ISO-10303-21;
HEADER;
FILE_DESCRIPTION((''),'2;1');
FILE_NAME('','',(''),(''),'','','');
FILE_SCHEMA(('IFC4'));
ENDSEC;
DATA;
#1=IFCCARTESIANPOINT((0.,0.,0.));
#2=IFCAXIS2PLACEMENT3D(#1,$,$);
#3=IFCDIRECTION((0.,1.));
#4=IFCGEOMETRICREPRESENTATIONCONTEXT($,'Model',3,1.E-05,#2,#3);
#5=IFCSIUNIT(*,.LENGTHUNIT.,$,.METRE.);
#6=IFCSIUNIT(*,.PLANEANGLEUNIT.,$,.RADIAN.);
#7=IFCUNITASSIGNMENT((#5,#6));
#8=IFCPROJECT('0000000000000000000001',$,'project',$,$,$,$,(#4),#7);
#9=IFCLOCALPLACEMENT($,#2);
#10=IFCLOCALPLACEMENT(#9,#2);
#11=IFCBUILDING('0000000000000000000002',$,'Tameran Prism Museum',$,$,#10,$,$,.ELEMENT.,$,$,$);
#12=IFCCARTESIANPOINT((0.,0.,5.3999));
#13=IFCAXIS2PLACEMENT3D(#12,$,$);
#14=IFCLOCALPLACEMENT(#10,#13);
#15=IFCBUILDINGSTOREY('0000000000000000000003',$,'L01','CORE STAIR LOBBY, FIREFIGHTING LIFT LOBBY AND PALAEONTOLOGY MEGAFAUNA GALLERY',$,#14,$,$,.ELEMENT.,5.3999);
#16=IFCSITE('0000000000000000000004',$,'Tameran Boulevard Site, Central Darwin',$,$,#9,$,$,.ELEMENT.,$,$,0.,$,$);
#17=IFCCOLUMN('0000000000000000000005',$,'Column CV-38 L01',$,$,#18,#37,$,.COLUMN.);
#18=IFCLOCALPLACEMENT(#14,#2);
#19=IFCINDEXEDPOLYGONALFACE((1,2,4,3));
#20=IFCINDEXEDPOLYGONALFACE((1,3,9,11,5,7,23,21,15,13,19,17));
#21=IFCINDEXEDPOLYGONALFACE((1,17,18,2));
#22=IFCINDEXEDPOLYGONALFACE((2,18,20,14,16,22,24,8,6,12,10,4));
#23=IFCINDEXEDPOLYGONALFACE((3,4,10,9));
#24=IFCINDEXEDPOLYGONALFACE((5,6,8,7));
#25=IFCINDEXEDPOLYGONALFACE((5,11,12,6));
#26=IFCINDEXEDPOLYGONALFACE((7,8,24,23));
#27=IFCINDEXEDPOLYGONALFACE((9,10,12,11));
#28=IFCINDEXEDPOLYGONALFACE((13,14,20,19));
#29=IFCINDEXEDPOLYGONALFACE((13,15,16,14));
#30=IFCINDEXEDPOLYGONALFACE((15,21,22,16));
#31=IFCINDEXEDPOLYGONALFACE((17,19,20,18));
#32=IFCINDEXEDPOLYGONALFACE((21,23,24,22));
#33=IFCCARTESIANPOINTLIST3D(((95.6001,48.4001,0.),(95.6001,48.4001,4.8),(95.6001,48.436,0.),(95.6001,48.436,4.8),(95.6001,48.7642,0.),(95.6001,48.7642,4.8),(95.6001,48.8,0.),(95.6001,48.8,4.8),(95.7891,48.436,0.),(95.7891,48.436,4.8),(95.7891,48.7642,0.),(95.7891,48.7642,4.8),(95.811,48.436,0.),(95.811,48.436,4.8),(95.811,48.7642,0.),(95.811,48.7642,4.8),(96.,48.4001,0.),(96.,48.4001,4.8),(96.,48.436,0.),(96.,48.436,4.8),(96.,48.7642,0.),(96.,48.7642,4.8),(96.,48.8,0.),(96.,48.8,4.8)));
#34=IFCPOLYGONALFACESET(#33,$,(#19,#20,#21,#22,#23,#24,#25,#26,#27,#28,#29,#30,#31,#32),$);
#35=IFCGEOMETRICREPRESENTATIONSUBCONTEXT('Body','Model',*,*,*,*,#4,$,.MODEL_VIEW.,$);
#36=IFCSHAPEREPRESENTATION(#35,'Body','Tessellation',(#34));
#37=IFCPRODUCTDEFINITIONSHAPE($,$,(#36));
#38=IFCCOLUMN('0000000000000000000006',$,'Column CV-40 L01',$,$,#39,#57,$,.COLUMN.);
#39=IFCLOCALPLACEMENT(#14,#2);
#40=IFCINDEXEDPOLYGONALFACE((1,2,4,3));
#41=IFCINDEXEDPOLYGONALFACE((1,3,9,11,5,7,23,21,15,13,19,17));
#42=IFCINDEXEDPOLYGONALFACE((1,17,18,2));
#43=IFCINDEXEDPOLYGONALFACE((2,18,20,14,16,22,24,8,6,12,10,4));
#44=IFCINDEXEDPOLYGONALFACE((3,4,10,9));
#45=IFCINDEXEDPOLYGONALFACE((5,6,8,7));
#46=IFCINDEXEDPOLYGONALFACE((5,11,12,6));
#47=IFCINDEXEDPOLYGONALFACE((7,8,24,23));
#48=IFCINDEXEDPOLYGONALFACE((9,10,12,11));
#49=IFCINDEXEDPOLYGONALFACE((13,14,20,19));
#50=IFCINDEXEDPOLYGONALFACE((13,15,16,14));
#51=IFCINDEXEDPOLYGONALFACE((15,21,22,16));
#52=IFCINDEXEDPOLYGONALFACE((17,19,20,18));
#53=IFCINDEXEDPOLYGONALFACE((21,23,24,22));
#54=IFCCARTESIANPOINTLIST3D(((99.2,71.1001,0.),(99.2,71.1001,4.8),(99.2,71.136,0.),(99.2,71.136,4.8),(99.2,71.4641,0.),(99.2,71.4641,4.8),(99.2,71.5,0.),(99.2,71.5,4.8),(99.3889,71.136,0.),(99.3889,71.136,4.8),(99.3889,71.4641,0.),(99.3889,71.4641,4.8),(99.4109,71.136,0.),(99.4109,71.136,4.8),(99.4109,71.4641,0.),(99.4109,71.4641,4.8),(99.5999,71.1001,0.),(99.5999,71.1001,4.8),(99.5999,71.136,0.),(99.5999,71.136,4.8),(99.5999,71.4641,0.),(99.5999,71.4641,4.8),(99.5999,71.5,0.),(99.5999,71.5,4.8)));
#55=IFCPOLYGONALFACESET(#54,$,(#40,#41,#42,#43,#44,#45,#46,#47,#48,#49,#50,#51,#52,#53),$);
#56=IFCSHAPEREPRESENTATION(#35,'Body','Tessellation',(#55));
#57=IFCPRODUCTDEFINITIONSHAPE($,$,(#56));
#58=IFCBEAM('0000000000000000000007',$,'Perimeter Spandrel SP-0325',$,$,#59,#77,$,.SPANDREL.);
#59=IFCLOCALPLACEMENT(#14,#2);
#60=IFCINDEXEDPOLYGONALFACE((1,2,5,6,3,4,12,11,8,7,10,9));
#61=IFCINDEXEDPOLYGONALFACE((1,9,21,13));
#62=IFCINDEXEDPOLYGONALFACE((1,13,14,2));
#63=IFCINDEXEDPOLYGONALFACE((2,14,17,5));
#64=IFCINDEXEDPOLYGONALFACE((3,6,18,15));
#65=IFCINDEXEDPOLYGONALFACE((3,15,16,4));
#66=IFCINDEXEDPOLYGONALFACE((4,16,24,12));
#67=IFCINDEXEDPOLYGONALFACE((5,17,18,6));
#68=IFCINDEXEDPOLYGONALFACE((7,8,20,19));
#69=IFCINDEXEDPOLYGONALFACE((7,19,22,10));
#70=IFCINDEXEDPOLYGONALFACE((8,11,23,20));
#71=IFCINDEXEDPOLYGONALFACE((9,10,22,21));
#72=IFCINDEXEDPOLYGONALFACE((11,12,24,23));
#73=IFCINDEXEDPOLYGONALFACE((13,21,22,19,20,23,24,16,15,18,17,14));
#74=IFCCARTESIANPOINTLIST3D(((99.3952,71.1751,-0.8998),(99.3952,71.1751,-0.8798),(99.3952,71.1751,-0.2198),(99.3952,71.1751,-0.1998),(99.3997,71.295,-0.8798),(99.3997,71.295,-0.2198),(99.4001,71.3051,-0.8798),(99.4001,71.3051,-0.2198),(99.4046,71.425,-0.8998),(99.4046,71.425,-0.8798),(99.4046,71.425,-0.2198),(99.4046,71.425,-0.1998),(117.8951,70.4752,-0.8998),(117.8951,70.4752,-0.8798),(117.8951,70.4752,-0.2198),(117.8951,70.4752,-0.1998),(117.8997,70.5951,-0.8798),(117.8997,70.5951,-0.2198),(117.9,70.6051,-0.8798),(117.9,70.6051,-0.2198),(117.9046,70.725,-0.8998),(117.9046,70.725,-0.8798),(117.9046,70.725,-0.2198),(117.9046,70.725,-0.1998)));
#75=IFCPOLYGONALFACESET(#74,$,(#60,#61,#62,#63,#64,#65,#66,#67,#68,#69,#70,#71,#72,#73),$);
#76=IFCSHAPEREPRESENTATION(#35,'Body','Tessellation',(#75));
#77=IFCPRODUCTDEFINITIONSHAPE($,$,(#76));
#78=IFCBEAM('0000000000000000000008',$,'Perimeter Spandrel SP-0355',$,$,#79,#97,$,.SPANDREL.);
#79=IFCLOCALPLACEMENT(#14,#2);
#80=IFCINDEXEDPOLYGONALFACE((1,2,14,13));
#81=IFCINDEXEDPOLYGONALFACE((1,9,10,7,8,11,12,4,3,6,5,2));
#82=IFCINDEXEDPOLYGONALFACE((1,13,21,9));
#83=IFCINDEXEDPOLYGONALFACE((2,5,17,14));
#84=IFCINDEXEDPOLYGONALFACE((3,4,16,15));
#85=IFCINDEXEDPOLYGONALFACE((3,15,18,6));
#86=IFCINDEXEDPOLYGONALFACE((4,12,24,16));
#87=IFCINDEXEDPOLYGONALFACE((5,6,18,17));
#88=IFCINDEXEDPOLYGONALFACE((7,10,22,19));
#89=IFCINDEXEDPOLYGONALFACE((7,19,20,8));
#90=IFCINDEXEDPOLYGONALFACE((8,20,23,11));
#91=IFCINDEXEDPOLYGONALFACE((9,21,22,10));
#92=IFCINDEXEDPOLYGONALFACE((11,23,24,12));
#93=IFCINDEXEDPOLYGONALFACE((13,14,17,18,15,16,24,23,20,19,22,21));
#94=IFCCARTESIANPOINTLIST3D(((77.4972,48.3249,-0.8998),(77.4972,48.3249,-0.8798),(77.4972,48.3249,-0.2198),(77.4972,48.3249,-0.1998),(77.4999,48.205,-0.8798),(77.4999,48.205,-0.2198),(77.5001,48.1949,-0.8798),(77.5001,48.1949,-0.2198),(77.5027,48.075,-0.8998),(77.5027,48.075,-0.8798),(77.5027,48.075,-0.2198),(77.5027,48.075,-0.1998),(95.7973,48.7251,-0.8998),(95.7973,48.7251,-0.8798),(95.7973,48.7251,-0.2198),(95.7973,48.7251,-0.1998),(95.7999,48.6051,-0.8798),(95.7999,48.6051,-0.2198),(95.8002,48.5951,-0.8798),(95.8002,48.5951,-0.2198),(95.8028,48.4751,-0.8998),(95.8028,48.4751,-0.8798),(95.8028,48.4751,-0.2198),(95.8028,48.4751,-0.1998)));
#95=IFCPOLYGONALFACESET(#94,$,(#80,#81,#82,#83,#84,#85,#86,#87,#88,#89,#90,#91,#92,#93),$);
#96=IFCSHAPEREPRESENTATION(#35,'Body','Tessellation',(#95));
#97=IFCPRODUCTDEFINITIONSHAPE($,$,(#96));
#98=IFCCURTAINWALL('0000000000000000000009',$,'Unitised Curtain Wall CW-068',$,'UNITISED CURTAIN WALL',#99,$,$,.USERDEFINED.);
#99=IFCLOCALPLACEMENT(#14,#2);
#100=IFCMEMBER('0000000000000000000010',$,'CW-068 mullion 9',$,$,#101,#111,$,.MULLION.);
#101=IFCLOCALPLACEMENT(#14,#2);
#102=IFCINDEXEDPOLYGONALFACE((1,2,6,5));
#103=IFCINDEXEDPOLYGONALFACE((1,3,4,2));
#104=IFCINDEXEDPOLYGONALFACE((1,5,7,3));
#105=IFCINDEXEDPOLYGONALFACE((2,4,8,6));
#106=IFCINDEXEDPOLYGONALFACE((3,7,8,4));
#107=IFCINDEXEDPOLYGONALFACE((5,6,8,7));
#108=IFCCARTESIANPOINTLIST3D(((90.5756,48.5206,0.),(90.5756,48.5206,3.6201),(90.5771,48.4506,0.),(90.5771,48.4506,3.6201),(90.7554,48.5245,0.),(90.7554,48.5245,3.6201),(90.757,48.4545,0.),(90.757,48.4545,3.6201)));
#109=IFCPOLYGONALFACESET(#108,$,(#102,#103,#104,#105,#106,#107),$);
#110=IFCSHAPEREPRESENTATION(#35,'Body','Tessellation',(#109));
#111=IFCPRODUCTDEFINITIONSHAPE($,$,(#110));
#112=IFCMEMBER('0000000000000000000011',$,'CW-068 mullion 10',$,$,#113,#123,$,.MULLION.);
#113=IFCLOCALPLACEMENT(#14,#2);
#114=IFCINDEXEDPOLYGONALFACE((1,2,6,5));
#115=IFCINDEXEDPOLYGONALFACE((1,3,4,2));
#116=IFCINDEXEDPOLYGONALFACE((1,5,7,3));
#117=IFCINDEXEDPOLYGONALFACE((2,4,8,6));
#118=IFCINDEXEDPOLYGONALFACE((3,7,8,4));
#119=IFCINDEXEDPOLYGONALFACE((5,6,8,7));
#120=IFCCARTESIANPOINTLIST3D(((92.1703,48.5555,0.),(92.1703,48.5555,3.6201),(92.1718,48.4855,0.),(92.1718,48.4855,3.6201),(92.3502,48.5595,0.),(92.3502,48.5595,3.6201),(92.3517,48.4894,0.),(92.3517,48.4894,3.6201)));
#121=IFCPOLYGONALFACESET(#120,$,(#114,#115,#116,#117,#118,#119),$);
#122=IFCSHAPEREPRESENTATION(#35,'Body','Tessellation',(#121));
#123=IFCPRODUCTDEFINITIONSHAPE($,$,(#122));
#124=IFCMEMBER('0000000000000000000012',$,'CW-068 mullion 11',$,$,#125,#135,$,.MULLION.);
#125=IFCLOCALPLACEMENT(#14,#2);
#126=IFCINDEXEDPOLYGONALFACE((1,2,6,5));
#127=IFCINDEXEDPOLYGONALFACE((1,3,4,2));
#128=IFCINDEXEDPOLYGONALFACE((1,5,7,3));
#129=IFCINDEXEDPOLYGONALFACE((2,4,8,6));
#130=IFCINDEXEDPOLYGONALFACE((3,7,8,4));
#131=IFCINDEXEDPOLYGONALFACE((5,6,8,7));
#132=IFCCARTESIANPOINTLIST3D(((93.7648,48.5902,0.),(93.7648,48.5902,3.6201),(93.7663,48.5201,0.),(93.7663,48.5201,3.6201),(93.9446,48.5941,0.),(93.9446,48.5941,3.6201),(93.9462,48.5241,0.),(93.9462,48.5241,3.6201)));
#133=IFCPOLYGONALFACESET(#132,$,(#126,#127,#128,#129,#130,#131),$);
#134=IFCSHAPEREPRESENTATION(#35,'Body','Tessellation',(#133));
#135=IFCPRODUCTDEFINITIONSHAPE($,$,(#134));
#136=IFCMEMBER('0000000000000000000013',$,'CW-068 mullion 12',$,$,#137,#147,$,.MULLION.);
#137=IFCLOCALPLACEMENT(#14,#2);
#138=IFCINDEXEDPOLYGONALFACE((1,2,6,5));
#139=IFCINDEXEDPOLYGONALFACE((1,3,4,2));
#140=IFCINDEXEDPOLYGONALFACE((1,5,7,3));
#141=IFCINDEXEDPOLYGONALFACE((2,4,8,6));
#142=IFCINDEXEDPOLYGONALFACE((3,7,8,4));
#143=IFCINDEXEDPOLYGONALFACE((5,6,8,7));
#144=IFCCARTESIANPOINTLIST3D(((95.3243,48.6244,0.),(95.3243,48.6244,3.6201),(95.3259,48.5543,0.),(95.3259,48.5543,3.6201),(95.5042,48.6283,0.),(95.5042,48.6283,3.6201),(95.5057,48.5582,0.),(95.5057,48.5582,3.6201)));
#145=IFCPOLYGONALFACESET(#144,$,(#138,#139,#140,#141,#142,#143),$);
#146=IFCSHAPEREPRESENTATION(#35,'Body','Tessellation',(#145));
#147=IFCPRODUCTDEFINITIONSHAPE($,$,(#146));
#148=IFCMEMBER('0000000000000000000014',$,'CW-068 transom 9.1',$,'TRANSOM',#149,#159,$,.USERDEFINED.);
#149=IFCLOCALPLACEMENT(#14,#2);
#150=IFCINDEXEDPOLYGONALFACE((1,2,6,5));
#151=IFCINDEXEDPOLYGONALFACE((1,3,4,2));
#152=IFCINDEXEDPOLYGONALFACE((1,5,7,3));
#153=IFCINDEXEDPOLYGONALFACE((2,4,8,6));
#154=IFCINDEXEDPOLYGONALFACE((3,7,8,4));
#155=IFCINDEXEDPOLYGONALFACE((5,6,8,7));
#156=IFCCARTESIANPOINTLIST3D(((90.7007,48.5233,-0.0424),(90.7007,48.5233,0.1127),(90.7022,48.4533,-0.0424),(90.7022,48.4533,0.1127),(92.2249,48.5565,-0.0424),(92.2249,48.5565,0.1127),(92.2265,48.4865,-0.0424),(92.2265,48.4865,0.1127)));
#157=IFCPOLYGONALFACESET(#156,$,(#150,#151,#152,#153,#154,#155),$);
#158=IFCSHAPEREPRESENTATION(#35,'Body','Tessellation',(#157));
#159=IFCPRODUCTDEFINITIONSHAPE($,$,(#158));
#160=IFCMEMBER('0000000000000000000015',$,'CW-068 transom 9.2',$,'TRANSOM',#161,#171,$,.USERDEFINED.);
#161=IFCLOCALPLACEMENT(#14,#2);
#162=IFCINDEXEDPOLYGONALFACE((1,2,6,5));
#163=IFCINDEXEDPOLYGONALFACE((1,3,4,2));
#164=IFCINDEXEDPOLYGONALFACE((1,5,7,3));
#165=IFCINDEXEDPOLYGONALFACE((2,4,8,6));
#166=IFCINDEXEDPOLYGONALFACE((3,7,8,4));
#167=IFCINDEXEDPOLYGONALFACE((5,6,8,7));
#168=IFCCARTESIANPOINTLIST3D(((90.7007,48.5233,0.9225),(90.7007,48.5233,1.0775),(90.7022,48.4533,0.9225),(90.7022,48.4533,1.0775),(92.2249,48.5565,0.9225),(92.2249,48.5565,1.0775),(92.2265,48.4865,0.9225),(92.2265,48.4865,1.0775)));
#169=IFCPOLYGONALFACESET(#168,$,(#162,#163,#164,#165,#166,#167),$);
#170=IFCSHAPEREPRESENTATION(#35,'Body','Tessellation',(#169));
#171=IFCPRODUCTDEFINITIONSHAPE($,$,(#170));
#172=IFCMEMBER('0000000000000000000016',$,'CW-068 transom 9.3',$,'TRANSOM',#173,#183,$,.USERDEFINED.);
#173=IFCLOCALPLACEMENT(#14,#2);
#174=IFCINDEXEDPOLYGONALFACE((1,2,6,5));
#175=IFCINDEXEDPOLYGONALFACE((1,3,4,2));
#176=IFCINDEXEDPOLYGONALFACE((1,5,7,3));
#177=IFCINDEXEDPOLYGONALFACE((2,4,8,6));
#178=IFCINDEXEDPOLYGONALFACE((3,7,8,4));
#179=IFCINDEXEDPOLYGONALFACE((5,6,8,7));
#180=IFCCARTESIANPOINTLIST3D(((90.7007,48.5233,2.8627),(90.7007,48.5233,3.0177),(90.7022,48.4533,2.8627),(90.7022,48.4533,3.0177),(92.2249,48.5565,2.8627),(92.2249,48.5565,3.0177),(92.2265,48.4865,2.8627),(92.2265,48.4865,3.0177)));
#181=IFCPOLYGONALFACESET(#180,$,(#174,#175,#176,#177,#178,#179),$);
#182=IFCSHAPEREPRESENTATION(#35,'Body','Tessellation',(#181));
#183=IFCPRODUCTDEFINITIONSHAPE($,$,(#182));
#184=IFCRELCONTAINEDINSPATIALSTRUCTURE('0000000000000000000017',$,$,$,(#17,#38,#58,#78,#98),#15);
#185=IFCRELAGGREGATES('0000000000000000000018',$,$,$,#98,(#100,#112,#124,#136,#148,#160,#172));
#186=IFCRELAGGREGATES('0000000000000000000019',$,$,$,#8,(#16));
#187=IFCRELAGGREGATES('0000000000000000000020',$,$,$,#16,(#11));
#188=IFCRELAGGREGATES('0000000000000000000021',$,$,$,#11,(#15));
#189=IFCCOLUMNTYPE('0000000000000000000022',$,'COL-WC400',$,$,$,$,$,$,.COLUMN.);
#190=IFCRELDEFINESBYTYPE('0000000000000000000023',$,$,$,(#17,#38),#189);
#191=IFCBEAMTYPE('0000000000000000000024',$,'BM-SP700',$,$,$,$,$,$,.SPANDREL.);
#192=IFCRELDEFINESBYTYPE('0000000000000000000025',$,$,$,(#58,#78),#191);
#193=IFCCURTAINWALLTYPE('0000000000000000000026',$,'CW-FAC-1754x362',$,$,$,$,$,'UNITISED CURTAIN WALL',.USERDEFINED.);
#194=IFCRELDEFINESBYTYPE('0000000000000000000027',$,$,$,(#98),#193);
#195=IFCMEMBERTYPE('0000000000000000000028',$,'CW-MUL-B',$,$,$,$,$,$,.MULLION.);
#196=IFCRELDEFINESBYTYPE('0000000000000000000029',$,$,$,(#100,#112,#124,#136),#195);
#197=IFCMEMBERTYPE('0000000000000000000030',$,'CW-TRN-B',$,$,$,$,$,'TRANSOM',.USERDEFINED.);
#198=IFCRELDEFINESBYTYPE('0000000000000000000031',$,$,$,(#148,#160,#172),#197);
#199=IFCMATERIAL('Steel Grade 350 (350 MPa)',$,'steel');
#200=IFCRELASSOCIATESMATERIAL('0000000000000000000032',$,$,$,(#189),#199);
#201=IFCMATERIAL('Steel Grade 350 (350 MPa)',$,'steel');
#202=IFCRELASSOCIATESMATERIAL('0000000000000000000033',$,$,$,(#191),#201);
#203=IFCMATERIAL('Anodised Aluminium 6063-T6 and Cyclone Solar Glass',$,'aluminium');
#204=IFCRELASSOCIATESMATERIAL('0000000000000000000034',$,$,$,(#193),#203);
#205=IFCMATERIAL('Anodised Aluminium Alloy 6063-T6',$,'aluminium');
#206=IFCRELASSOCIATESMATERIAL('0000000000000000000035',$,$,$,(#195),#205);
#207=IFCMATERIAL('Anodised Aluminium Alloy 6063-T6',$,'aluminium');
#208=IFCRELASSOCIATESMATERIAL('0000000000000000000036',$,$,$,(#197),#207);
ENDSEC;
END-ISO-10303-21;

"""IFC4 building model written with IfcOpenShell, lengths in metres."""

from ifc_helpers import new_model, si_unit, direction, frame, origin, origin_2d, place, context, subcontext, project, spatial, rectangle, i_section, extrude, material, material_profile, profile_set, type_object, element, aggregate, save


model = new_model("IFC4")

# Units and contexts
model_context = context("Model", 3, precision=1e-05, world=origin(), true_north=direction((0.0, 1.0)))
body_context = subcontext(model_context, "Body", "Model", "MODEL_VIEW")
ifc_project = project(units=[si_unit("LENGTHUNIT", "METRE"), si_unit("PLANEANGLEUNIT", "RADIAN")], contexts=[model_context])

# Site, building, storey
site_placement = place(None, origin())
site = spatial("IfcSite", under=ifc_project, at=site_placement, Name="Tameran Boulevard Site, Central Darwin", CompositionType="ELEMENT", RefElevation=0.0)
building_placement = place(site_placement, origin())
building = spatial("IfcBuilding", under=site, at=building_placement, Name="Tameran Prism Museum", CompositionType="ELEMENT")
storey_placement = place(building_placement, frame((0.0, 0.0, 5.3999)))
storey = spatial("IfcBuildingStorey", under=building, at=storey_placement, Name="L01", Description="CORE STAIR LOBBY, FIREFIGHTING LIFT LOBBY AND PALAEONTOLOGY MEGAFAUNA GALLERY", CompositionType="ELEMENT", Elevation=5.3999)

# Columns
ifc_material_1 = material(Name="Steel Grade 350 (350 MPa)", Category="steel")
ifc_material_profile_1 = material_profile(ifc_material_1, i_section(OverallWidth=0.3999, OverallDepth=0.3999, WebThickness=0.022, FlangeThickness=0.0359, at=origin_2d()))
ifc_profile_set_1 = profile_set([ifc_material_profile_1])
column_type = type_object("IfcColumnType", Name="COL-WC400", PredefinedType="COLUMN", material=ifc_profile_set_1)
for number, where, z_axis, x_axis, name in (
    (1, (95.8, 48.6001, 0.0), (0.0, 0.0, 1.0), (1.0, 0.0, 0.0), "Column CV-38 L01"),
    (2, (99.3999, 71.3, 0.0), (0.0, 0.0, 1.0), (1.0, 0.0, 0.0), "Column CV-40 L01"),
):
    element("IfcColumn", number, at=place(storey_placement, frame(where, z_axis=z_axis, x_axis=x_axis)), inside=storey, type_object=column_type, Name=name, PredefinedType="COLUMN", context=body_context, shape_type="SweptSolid", body=[
        extrude(i_section(OverallWidth=0.3999, OverallDepth=0.3999, WebThickness=0.022, FlangeThickness=0.0359, at=origin_2d()), origin(), (0.0, 0.0, 1.0), 4.8),
    ])

# Beams
ifc_material_2 = material(Name="Steel Grade 350 (350 MPa)", Category="steel")
ifc_material_profile_2 = material_profile(ifc_material_2, i_section(OverallWidth=0.25, OverallDepth=0.7, WebThickness=0.01, FlangeThickness=0.02, at=origin_2d()))
ifc_profile_set_2 = profile_set([ifc_material_profile_2])
beam_type = type_object("IfcBeamType", Name="BM-SP700", PredefinedType="SPANDREL", material=ifc_profile_set_2)
beam_1_placement = place(storey_placement, frame((99.3999, 71.3, -0.5498), z_axis=(0.999285, -0.037808, 0.0), x_axis=(0.037808, 0.999285, 0.0)))
element("IfcBeam", 3, at=beam_1_placement, inside=storey, type_object=beam_type, Name="Perimeter Spandrel SP-0325", PredefinedType="SPANDREL", context=body_context, shape_type="SweptSolid", body=[
    extrude(i_section(OverallWidth=0.25, OverallDepth=0.7, WebThickness=0.01, FlangeThickness=0.02, at=origin_2d()), origin(), (0.0, 0.0, 1.0), 18.5132),
])
beam_2_placement = place(storey_placement, frame((95.8, 48.6001, -0.5498), z_axis=(-0.999761, -0.021861, 0.0), x_axis=(0.021861, -0.999761, 0.0)))
element("IfcBeam", 4, at=beam_2_placement, inside=storey, type_object=beam_type, Name="Perimeter Spandrel SP-0355", PredefinedType="SPANDREL", context=body_context, shape_type="SweptSolid", body=[
    extrude(i_section(OverallWidth=0.25, OverallDepth=0.7, WebThickness=0.01, FlangeThickness=0.02, at=origin_2d()), origin(), (0.0, 0.0, 1.0), 18.3044),
])

# Curtain wall, members
ifc_material_3 = material(Name="Anodised Aluminium 6063-T6 and Cyclone Solar Glass", Category="aluminium")
curtain_wall_type = type_object("IfcCurtainWallType", Name="CW-FAC-1754x362", ElementType="UNITISED CURTAIN WALL", PredefinedType="USERDEFINED", material=ifc_material_3)
curtain_wall_placement = place(storey_placement, origin())
curtain_wall = element("IfcCurtainWall", 5, at=curtain_wall_placement, inside=storey, type_object=curtain_wall_type, Name="Unitised Curtain Wall CW-068", ObjectType="UNITISED CURTAIN WALL", PredefinedType="USERDEFINED")
ifc_material_4 = material(Name="Anodised Aluminium Alloy 6063-T6", Category="aluminium")
ifc_material_profile_3 = material_profile(ifc_material_4, rectangle(XDim=0.0701, YDim=0.1799, at=origin_2d()))
ifc_profile_set_3 = profile_set([ifc_material_profile_3])
member_type_1 = type_object("IfcMemberType", Name="CW-MUL-B", PredefinedType="MULLION", material=ifc_profile_set_3)
member_1_placement = place(storey_placement, frame((90.6663, 48.4875, 0.0), z_axis=(0.0, 0.0, 1.0), x_axis=(-0.021831, 0.999762, 0.0)))
member_1 = element("IfcMember", 6, at=member_1_placement, type_object=member_type_1, Name="CW-068 mullion 9", PredefinedType="MULLION", context=body_context, shape_type="SweptSolid", body=[
    extrude(rectangle(XDim=0.0701, YDim=0.1799, at=origin_2d()), origin(), (0.0, 0.0, 1.0), 3.6201),
])
member_2_placement = place(storey_placement, frame((92.261, 48.5225, 0.0), z_axis=(0.0, 0.0, 1.0), x_axis=(-0.021831, 0.999762, 0.0)))
member_2 = element("IfcMember", 7, at=member_2_placement, type_object=member_type_1, Name="CW-068 mullion 10", PredefinedType="MULLION", context=body_context, shape_type="SweptSolid", body=[
    extrude(rectangle(XDim=0.0701, YDim=0.1799, at=origin_2d()), origin(), (0.0, 0.0, 1.0), 3.6201),
])
member_3_placement = place(storey_placement, frame((93.8555, 48.5571, 0.0), z_axis=(0.0, 0.0, 1.0), x_axis=(-0.021831, 0.999762, 0.0)))
member_3 = element("IfcMember", 8, at=member_3_placement, type_object=member_type_1, Name="CW-068 mullion 11", PredefinedType="MULLION", context=body_context, shape_type="SweptSolid", body=[
    extrude(rectangle(XDim=0.0701, YDim=0.1799, at=origin_2d()), origin(), (0.0, 0.0, 1.0), 3.6201),
])
member_4_placement = place(storey_placement, frame((95.415, 48.5913, 0.0), z_axis=(0.0, 0.0, 1.0), x_axis=(-0.021831, 0.999762, 0.0)))
member_4 = element("IfcMember", 9, at=member_4_placement, type_object=member_type_1, Name="CW-068 mullion 12", PredefinedType="MULLION", context=body_context, shape_type="SweptSolid", body=[
    extrude(rectangle(XDim=0.0701, YDim=0.1799, at=origin_2d()), origin(), (0.0, 0.0, 1.0), 3.6201),
])
ifc_material_5 = material(Name="Anodised Aluminium Alloy 6063-T6", Category="aluminium")
ifc_material_profile_4 = material_profile(ifc_material_5, rectangle(XDim=0.0701, YDim=0.155, at=origin_2d()))
ifc_profile_set_4 = profile_set([ifc_material_profile_4])
member_type_2 = type_object("IfcMemberType", Name="CW-TRN-B", ElementType="TRANSOM", PredefinedType="USERDEFINED", material=ifc_profile_set_4)
member_5_placement = place(storey_placement, frame((90.7014, 48.4883, 0.0352), z_axis=(0.999763, 0.021776, 0.0), x_axis=(-0.021776, 0.999763, 0.0)))
member_5 = element("IfcMember", 10, at=member_5_placement, type_object=member_type_2, Name="CW-068 transom 9.1", ObjectType="TRANSOM", PredefinedType="USERDEFINED", context=body_context, shape_type="SweptSolid", body=[
    extrude(rectangle(XDim=0.0701, YDim=0.155, at=origin_2d()), origin(), (0.0, 0.0, 1.0), 1.5247),
])
member_6_placement = place(storey_placement, frame((90.7014, 48.4883, 1.0), z_axis=(0.999763, 0.021776, 0.0), x_axis=(-0.021776, 0.999763, 0.0)))
member_6 = element("IfcMember", 11, at=member_6_placement, type_object=member_type_2, Name="CW-068 transom 9.2", ObjectType="TRANSOM", PredefinedType="USERDEFINED", context=body_context, shape_type="SweptSolid", body=[
    extrude(rectangle(XDim=0.0701, YDim=0.155, at=origin_2d()), origin(), (0.0, 0.0, 1.0), 1.5247),
])
member_7_placement = place(storey_placement, frame((90.7014, 48.4883, 2.9402), z_axis=(0.999763, 0.021776, 0.0), x_axis=(-0.021776, 0.999763, 0.0)))
member_7 = element("IfcMember", 12, at=member_7_placement, type_object=member_type_2, Name="CW-068 transom 9.3", ObjectType="TRANSOM", PredefinedType="USERDEFINED", context=body_context, shape_type="SweptSolid", body=[
    extrude(rectangle(XDim=0.0701, YDim=0.155, at=origin_2d()), origin(), (0.0, 0.0, 1.0), 1.5247),
])
aggregate(curtain_wall, [member_1, member_2, member_3, member_4, member_5, member_6, member_7])

save(model, "model.ifc")
